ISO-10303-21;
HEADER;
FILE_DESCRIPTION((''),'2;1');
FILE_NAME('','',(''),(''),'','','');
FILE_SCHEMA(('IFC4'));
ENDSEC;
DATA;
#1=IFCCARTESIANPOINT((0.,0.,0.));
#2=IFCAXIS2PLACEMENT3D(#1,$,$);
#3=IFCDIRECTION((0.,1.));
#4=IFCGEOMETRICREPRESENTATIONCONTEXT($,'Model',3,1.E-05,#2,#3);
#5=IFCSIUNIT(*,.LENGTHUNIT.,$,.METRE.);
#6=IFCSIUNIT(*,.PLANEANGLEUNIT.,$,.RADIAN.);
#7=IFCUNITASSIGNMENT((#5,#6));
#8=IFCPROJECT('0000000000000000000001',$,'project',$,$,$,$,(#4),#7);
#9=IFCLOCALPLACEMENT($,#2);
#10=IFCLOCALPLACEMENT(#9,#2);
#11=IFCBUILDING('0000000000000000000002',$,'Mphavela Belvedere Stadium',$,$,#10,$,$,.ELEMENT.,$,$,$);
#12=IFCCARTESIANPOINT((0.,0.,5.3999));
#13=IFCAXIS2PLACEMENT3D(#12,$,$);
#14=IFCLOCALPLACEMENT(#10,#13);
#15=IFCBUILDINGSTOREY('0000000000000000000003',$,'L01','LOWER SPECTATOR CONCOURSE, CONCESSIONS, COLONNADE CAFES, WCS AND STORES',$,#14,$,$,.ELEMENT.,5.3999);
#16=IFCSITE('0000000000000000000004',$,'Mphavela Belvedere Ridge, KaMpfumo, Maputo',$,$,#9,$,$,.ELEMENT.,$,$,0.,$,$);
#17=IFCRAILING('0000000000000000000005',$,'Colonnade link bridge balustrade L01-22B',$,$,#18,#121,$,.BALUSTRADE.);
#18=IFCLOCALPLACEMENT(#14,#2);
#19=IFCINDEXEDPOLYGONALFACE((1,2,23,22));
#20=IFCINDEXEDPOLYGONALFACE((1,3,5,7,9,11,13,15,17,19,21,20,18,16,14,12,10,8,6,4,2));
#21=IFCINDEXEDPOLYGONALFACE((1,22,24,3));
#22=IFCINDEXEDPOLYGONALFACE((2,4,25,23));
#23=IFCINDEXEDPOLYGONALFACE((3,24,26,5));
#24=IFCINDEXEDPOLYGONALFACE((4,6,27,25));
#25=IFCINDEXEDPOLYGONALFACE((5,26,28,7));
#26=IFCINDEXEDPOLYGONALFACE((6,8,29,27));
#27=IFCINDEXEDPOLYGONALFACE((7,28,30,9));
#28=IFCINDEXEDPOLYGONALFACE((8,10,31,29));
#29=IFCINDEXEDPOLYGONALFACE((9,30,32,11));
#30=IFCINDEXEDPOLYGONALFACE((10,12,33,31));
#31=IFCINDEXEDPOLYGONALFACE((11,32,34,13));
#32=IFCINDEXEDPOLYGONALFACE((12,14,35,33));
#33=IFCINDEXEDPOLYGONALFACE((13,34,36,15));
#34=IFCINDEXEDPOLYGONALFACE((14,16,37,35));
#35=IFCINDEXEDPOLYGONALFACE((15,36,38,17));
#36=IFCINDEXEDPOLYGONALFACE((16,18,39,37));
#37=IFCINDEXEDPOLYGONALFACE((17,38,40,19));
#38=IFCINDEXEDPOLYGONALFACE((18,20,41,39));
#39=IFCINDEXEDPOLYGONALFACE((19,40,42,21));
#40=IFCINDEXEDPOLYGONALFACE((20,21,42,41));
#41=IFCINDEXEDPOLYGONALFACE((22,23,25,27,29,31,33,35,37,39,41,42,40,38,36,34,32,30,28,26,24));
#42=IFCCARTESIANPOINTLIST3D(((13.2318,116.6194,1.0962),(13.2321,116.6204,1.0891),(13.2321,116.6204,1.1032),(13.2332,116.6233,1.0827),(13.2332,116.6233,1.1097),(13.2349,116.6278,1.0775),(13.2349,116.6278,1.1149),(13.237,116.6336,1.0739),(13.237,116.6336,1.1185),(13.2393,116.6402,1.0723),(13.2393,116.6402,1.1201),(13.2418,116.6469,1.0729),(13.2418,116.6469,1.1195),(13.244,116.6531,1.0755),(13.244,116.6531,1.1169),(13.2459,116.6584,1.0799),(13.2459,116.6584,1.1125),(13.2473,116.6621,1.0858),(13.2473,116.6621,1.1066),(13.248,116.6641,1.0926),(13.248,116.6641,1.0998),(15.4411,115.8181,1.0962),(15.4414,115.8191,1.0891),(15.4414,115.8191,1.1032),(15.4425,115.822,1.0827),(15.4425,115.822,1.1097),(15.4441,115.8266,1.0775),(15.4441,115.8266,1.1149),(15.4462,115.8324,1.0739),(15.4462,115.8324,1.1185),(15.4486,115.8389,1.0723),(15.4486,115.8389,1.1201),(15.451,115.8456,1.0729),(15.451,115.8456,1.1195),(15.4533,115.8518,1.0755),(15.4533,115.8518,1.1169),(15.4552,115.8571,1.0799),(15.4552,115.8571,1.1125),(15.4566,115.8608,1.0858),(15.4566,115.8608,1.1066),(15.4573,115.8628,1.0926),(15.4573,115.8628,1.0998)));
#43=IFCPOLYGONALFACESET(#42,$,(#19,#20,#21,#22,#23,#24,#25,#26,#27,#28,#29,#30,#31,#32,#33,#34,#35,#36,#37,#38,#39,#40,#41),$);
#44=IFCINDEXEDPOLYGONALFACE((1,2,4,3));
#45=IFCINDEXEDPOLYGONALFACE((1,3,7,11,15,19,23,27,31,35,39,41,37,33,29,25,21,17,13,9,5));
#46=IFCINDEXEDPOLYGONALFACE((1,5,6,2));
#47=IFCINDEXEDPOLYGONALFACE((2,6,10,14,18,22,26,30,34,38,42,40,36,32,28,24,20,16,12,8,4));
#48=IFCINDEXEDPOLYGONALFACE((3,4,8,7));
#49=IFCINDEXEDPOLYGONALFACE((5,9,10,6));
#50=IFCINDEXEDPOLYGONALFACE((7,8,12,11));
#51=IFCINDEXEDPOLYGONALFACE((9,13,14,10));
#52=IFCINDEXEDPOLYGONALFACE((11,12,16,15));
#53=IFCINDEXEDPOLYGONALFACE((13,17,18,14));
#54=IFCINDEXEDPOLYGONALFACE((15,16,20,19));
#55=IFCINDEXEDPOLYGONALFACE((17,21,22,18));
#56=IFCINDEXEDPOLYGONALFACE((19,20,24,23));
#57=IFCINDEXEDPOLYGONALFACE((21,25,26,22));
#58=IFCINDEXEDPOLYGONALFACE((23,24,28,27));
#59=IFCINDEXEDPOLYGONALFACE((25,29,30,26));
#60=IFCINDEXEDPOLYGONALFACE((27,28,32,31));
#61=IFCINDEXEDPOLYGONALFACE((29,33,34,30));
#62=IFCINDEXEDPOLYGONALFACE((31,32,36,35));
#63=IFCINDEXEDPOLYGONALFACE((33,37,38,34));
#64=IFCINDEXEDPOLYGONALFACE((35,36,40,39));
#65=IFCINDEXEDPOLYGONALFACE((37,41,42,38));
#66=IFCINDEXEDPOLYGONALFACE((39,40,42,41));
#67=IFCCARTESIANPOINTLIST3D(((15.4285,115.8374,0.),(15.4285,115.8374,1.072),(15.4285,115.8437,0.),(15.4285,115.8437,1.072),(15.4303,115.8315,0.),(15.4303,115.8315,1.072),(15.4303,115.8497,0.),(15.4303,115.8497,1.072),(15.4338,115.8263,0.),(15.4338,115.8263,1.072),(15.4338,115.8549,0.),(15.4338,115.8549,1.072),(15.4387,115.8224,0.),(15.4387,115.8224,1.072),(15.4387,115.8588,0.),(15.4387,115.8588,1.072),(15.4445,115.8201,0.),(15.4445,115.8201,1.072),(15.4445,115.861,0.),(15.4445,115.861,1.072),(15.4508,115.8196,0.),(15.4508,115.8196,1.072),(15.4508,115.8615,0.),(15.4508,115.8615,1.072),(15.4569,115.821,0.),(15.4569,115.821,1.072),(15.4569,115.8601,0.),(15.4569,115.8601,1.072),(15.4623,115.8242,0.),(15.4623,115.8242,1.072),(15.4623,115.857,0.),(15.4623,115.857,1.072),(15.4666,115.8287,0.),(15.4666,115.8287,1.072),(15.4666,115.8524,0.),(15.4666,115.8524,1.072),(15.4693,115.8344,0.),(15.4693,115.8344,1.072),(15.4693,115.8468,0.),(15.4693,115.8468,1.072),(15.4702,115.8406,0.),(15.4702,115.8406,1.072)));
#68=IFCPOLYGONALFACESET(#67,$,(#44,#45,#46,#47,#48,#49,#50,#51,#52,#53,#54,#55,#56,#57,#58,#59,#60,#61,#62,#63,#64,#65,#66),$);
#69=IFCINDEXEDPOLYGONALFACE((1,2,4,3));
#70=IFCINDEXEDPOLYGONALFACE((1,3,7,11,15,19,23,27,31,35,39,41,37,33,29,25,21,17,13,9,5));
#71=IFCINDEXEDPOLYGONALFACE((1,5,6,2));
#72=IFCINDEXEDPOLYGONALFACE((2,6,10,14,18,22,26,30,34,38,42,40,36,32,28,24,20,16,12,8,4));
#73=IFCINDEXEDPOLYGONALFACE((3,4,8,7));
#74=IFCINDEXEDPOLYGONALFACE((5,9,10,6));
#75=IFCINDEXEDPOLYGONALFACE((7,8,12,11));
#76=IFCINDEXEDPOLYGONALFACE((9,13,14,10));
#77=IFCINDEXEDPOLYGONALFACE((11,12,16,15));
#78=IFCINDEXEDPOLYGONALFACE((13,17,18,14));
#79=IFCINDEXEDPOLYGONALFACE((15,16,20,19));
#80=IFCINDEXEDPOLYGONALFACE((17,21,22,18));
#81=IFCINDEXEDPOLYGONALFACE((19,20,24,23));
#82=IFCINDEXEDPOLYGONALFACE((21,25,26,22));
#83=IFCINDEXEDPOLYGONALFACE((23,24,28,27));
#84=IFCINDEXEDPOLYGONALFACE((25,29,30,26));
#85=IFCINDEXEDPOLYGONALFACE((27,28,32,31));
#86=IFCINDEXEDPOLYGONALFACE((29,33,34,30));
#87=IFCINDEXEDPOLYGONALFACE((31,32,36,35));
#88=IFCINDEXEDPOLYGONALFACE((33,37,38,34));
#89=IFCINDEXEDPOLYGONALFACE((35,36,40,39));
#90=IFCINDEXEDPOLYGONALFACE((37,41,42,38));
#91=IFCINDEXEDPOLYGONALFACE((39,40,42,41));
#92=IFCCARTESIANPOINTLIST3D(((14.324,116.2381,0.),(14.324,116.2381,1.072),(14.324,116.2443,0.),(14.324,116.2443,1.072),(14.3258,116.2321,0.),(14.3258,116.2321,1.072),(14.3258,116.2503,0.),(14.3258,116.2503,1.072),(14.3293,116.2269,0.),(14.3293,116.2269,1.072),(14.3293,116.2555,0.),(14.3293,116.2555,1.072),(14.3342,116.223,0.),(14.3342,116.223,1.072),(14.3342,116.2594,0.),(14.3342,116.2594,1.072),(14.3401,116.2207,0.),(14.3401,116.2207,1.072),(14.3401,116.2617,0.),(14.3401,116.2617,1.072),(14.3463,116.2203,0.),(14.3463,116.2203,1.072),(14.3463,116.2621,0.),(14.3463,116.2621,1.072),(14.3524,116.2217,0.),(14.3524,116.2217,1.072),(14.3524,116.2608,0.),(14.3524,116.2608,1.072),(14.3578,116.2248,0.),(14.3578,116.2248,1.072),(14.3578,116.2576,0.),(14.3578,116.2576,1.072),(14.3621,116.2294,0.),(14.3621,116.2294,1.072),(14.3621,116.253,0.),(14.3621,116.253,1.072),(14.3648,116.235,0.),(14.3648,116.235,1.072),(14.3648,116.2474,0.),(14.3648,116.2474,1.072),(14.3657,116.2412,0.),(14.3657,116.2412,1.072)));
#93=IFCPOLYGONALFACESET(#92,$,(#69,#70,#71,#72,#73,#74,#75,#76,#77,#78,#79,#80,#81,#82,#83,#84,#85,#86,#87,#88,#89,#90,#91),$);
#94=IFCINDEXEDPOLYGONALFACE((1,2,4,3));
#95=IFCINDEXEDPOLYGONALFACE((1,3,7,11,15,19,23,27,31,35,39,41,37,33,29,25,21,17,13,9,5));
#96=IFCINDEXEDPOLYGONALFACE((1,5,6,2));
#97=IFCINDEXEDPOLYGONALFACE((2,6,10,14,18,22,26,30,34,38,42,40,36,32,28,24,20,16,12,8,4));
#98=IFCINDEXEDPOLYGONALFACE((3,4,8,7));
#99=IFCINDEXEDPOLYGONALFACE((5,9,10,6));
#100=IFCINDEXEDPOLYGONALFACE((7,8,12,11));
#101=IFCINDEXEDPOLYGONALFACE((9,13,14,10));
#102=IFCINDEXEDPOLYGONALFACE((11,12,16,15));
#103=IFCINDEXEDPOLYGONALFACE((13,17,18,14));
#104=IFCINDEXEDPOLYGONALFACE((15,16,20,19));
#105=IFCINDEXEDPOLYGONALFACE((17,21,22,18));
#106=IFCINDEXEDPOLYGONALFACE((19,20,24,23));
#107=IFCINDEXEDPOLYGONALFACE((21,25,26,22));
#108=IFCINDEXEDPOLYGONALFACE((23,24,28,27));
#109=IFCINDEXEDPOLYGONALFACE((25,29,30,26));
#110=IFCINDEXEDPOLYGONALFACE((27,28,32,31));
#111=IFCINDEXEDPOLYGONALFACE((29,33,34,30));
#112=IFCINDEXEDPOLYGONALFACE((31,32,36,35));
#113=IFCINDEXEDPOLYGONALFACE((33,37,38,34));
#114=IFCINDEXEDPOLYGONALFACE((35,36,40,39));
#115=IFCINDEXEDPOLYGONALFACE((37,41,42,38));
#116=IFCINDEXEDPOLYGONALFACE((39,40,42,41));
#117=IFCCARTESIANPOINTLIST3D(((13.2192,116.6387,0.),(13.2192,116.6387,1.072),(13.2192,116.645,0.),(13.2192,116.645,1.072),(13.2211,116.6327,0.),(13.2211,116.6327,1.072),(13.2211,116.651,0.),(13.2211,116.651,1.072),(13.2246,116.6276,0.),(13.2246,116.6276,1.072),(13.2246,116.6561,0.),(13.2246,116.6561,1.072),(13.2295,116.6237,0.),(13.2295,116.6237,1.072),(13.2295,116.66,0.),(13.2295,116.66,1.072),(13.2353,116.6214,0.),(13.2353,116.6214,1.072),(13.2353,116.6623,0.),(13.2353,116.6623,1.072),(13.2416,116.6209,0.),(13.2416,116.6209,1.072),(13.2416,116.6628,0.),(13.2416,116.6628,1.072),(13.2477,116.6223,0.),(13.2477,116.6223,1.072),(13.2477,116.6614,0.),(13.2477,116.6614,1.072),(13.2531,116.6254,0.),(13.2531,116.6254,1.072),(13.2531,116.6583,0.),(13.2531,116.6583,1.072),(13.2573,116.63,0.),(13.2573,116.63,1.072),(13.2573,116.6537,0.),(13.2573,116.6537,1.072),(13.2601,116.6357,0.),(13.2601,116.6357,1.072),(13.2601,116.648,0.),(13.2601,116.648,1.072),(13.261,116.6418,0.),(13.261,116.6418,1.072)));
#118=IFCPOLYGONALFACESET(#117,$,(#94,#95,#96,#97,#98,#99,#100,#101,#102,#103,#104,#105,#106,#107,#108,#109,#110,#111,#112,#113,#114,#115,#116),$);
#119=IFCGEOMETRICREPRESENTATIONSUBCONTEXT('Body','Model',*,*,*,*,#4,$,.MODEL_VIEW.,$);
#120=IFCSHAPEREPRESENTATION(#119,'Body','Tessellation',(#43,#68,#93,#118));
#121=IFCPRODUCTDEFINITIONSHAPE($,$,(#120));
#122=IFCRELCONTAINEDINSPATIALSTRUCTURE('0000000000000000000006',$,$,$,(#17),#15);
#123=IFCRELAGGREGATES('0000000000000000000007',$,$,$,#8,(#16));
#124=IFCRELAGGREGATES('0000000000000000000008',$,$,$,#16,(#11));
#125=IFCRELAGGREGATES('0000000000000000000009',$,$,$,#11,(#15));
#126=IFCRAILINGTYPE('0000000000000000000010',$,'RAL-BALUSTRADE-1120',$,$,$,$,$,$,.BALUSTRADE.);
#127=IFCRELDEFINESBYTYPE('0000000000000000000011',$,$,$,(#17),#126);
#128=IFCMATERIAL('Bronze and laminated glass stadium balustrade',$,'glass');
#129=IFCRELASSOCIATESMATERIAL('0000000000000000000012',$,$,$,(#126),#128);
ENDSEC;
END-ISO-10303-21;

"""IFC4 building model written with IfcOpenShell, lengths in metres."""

from ifc_helpers import new_model, si_unit, direction, frame, origin, origin_2d, place, context, subcontext, project, spatial, circle, extrude, material, type_object, element, save


model = new_model("IFC4")

# Units and contexts
model_context = context("Model", 3, precision=1e-05, world=origin(), true_north=direction((0.0, 1.0)))
body_context = subcontext(model_context, "Body", "Model", "MODEL_VIEW")
ifc_project = project(units=[si_unit("LENGTHUNIT", "METRE"), si_unit("PLANEANGLEUNIT", "RADIAN")], contexts=[model_context])

# Site, building, storey
site_placement = place(None, origin())
site = spatial("IfcSite", under=ifc_project, at=site_placement, Name="Mphavela Belvedere Ridge, KaMpfumo, Maputo", CompositionType="ELEMENT", RefElevation=0.0)
building_placement = place(site_placement, origin())
building = spatial("IfcBuilding", under=site, at=building_placement, Name="Mphavela Belvedere Stadium", CompositionType="ELEMENT")
storey_placement = place(building_placement, frame((0.0, 0.0, 5.3999)))
storey = spatial("IfcBuildingStorey", under=building, at=storey_placement, Name="L01", Description="LOWER SPECTATOR CONCOURSE, CONCESSIONS, COLONNADE CAFES, WCS AND STORES", CompositionType="ELEMENT", Elevation=5.3999)

# Railing
ifc_material_1 = material(Name="Bronze and laminated glass stadium balustrade", Category="glass")
railing_type = type_object("IfcRailingType", Name="RAL-BALUSTRADE-1120", PredefinedType="BALUSTRADE", material=ifc_material_1)
railing_1_placement = place(storey_placement, frame((15.4492, 115.8406, 0.0)))
element("IfcRailing", 1, at=railing_1_placement, inside=storey, type_object=railing_type, Name="Colonnade link bridge balustrade L01-22B", PredefinedType="BALUSTRADE", context=body_context, shape_type="SweptSolid", body=[
    extrude(circle(Radius=0.0239, at=origin_2d()), frame((0.0, 0.0, 1.0962), z_axis=(-0.940078, 0.340959, 0.0), x_axis=(-0.340959, -0.940078, 0.0)), (0.0, 0.0, 1.0), 2.3501),
    extrude(circle(Radius=0.021, at=origin_2d()), origin(), (0.0, 0.0, 1.0), 1.072),
    extrude(circle(Radius=0.021, at=origin_2d()), frame((-1.1045, 0.4006, 0.0)), (0.0, 0.0, 1.0), 1.072),
    extrude(circle(Radius=0.021, at=origin_2d()), frame((-2.2092, 0.8013, 0.0)), (0.0, 0.0, 1.0), 1.072),
])

save(model, "model.ifc")
